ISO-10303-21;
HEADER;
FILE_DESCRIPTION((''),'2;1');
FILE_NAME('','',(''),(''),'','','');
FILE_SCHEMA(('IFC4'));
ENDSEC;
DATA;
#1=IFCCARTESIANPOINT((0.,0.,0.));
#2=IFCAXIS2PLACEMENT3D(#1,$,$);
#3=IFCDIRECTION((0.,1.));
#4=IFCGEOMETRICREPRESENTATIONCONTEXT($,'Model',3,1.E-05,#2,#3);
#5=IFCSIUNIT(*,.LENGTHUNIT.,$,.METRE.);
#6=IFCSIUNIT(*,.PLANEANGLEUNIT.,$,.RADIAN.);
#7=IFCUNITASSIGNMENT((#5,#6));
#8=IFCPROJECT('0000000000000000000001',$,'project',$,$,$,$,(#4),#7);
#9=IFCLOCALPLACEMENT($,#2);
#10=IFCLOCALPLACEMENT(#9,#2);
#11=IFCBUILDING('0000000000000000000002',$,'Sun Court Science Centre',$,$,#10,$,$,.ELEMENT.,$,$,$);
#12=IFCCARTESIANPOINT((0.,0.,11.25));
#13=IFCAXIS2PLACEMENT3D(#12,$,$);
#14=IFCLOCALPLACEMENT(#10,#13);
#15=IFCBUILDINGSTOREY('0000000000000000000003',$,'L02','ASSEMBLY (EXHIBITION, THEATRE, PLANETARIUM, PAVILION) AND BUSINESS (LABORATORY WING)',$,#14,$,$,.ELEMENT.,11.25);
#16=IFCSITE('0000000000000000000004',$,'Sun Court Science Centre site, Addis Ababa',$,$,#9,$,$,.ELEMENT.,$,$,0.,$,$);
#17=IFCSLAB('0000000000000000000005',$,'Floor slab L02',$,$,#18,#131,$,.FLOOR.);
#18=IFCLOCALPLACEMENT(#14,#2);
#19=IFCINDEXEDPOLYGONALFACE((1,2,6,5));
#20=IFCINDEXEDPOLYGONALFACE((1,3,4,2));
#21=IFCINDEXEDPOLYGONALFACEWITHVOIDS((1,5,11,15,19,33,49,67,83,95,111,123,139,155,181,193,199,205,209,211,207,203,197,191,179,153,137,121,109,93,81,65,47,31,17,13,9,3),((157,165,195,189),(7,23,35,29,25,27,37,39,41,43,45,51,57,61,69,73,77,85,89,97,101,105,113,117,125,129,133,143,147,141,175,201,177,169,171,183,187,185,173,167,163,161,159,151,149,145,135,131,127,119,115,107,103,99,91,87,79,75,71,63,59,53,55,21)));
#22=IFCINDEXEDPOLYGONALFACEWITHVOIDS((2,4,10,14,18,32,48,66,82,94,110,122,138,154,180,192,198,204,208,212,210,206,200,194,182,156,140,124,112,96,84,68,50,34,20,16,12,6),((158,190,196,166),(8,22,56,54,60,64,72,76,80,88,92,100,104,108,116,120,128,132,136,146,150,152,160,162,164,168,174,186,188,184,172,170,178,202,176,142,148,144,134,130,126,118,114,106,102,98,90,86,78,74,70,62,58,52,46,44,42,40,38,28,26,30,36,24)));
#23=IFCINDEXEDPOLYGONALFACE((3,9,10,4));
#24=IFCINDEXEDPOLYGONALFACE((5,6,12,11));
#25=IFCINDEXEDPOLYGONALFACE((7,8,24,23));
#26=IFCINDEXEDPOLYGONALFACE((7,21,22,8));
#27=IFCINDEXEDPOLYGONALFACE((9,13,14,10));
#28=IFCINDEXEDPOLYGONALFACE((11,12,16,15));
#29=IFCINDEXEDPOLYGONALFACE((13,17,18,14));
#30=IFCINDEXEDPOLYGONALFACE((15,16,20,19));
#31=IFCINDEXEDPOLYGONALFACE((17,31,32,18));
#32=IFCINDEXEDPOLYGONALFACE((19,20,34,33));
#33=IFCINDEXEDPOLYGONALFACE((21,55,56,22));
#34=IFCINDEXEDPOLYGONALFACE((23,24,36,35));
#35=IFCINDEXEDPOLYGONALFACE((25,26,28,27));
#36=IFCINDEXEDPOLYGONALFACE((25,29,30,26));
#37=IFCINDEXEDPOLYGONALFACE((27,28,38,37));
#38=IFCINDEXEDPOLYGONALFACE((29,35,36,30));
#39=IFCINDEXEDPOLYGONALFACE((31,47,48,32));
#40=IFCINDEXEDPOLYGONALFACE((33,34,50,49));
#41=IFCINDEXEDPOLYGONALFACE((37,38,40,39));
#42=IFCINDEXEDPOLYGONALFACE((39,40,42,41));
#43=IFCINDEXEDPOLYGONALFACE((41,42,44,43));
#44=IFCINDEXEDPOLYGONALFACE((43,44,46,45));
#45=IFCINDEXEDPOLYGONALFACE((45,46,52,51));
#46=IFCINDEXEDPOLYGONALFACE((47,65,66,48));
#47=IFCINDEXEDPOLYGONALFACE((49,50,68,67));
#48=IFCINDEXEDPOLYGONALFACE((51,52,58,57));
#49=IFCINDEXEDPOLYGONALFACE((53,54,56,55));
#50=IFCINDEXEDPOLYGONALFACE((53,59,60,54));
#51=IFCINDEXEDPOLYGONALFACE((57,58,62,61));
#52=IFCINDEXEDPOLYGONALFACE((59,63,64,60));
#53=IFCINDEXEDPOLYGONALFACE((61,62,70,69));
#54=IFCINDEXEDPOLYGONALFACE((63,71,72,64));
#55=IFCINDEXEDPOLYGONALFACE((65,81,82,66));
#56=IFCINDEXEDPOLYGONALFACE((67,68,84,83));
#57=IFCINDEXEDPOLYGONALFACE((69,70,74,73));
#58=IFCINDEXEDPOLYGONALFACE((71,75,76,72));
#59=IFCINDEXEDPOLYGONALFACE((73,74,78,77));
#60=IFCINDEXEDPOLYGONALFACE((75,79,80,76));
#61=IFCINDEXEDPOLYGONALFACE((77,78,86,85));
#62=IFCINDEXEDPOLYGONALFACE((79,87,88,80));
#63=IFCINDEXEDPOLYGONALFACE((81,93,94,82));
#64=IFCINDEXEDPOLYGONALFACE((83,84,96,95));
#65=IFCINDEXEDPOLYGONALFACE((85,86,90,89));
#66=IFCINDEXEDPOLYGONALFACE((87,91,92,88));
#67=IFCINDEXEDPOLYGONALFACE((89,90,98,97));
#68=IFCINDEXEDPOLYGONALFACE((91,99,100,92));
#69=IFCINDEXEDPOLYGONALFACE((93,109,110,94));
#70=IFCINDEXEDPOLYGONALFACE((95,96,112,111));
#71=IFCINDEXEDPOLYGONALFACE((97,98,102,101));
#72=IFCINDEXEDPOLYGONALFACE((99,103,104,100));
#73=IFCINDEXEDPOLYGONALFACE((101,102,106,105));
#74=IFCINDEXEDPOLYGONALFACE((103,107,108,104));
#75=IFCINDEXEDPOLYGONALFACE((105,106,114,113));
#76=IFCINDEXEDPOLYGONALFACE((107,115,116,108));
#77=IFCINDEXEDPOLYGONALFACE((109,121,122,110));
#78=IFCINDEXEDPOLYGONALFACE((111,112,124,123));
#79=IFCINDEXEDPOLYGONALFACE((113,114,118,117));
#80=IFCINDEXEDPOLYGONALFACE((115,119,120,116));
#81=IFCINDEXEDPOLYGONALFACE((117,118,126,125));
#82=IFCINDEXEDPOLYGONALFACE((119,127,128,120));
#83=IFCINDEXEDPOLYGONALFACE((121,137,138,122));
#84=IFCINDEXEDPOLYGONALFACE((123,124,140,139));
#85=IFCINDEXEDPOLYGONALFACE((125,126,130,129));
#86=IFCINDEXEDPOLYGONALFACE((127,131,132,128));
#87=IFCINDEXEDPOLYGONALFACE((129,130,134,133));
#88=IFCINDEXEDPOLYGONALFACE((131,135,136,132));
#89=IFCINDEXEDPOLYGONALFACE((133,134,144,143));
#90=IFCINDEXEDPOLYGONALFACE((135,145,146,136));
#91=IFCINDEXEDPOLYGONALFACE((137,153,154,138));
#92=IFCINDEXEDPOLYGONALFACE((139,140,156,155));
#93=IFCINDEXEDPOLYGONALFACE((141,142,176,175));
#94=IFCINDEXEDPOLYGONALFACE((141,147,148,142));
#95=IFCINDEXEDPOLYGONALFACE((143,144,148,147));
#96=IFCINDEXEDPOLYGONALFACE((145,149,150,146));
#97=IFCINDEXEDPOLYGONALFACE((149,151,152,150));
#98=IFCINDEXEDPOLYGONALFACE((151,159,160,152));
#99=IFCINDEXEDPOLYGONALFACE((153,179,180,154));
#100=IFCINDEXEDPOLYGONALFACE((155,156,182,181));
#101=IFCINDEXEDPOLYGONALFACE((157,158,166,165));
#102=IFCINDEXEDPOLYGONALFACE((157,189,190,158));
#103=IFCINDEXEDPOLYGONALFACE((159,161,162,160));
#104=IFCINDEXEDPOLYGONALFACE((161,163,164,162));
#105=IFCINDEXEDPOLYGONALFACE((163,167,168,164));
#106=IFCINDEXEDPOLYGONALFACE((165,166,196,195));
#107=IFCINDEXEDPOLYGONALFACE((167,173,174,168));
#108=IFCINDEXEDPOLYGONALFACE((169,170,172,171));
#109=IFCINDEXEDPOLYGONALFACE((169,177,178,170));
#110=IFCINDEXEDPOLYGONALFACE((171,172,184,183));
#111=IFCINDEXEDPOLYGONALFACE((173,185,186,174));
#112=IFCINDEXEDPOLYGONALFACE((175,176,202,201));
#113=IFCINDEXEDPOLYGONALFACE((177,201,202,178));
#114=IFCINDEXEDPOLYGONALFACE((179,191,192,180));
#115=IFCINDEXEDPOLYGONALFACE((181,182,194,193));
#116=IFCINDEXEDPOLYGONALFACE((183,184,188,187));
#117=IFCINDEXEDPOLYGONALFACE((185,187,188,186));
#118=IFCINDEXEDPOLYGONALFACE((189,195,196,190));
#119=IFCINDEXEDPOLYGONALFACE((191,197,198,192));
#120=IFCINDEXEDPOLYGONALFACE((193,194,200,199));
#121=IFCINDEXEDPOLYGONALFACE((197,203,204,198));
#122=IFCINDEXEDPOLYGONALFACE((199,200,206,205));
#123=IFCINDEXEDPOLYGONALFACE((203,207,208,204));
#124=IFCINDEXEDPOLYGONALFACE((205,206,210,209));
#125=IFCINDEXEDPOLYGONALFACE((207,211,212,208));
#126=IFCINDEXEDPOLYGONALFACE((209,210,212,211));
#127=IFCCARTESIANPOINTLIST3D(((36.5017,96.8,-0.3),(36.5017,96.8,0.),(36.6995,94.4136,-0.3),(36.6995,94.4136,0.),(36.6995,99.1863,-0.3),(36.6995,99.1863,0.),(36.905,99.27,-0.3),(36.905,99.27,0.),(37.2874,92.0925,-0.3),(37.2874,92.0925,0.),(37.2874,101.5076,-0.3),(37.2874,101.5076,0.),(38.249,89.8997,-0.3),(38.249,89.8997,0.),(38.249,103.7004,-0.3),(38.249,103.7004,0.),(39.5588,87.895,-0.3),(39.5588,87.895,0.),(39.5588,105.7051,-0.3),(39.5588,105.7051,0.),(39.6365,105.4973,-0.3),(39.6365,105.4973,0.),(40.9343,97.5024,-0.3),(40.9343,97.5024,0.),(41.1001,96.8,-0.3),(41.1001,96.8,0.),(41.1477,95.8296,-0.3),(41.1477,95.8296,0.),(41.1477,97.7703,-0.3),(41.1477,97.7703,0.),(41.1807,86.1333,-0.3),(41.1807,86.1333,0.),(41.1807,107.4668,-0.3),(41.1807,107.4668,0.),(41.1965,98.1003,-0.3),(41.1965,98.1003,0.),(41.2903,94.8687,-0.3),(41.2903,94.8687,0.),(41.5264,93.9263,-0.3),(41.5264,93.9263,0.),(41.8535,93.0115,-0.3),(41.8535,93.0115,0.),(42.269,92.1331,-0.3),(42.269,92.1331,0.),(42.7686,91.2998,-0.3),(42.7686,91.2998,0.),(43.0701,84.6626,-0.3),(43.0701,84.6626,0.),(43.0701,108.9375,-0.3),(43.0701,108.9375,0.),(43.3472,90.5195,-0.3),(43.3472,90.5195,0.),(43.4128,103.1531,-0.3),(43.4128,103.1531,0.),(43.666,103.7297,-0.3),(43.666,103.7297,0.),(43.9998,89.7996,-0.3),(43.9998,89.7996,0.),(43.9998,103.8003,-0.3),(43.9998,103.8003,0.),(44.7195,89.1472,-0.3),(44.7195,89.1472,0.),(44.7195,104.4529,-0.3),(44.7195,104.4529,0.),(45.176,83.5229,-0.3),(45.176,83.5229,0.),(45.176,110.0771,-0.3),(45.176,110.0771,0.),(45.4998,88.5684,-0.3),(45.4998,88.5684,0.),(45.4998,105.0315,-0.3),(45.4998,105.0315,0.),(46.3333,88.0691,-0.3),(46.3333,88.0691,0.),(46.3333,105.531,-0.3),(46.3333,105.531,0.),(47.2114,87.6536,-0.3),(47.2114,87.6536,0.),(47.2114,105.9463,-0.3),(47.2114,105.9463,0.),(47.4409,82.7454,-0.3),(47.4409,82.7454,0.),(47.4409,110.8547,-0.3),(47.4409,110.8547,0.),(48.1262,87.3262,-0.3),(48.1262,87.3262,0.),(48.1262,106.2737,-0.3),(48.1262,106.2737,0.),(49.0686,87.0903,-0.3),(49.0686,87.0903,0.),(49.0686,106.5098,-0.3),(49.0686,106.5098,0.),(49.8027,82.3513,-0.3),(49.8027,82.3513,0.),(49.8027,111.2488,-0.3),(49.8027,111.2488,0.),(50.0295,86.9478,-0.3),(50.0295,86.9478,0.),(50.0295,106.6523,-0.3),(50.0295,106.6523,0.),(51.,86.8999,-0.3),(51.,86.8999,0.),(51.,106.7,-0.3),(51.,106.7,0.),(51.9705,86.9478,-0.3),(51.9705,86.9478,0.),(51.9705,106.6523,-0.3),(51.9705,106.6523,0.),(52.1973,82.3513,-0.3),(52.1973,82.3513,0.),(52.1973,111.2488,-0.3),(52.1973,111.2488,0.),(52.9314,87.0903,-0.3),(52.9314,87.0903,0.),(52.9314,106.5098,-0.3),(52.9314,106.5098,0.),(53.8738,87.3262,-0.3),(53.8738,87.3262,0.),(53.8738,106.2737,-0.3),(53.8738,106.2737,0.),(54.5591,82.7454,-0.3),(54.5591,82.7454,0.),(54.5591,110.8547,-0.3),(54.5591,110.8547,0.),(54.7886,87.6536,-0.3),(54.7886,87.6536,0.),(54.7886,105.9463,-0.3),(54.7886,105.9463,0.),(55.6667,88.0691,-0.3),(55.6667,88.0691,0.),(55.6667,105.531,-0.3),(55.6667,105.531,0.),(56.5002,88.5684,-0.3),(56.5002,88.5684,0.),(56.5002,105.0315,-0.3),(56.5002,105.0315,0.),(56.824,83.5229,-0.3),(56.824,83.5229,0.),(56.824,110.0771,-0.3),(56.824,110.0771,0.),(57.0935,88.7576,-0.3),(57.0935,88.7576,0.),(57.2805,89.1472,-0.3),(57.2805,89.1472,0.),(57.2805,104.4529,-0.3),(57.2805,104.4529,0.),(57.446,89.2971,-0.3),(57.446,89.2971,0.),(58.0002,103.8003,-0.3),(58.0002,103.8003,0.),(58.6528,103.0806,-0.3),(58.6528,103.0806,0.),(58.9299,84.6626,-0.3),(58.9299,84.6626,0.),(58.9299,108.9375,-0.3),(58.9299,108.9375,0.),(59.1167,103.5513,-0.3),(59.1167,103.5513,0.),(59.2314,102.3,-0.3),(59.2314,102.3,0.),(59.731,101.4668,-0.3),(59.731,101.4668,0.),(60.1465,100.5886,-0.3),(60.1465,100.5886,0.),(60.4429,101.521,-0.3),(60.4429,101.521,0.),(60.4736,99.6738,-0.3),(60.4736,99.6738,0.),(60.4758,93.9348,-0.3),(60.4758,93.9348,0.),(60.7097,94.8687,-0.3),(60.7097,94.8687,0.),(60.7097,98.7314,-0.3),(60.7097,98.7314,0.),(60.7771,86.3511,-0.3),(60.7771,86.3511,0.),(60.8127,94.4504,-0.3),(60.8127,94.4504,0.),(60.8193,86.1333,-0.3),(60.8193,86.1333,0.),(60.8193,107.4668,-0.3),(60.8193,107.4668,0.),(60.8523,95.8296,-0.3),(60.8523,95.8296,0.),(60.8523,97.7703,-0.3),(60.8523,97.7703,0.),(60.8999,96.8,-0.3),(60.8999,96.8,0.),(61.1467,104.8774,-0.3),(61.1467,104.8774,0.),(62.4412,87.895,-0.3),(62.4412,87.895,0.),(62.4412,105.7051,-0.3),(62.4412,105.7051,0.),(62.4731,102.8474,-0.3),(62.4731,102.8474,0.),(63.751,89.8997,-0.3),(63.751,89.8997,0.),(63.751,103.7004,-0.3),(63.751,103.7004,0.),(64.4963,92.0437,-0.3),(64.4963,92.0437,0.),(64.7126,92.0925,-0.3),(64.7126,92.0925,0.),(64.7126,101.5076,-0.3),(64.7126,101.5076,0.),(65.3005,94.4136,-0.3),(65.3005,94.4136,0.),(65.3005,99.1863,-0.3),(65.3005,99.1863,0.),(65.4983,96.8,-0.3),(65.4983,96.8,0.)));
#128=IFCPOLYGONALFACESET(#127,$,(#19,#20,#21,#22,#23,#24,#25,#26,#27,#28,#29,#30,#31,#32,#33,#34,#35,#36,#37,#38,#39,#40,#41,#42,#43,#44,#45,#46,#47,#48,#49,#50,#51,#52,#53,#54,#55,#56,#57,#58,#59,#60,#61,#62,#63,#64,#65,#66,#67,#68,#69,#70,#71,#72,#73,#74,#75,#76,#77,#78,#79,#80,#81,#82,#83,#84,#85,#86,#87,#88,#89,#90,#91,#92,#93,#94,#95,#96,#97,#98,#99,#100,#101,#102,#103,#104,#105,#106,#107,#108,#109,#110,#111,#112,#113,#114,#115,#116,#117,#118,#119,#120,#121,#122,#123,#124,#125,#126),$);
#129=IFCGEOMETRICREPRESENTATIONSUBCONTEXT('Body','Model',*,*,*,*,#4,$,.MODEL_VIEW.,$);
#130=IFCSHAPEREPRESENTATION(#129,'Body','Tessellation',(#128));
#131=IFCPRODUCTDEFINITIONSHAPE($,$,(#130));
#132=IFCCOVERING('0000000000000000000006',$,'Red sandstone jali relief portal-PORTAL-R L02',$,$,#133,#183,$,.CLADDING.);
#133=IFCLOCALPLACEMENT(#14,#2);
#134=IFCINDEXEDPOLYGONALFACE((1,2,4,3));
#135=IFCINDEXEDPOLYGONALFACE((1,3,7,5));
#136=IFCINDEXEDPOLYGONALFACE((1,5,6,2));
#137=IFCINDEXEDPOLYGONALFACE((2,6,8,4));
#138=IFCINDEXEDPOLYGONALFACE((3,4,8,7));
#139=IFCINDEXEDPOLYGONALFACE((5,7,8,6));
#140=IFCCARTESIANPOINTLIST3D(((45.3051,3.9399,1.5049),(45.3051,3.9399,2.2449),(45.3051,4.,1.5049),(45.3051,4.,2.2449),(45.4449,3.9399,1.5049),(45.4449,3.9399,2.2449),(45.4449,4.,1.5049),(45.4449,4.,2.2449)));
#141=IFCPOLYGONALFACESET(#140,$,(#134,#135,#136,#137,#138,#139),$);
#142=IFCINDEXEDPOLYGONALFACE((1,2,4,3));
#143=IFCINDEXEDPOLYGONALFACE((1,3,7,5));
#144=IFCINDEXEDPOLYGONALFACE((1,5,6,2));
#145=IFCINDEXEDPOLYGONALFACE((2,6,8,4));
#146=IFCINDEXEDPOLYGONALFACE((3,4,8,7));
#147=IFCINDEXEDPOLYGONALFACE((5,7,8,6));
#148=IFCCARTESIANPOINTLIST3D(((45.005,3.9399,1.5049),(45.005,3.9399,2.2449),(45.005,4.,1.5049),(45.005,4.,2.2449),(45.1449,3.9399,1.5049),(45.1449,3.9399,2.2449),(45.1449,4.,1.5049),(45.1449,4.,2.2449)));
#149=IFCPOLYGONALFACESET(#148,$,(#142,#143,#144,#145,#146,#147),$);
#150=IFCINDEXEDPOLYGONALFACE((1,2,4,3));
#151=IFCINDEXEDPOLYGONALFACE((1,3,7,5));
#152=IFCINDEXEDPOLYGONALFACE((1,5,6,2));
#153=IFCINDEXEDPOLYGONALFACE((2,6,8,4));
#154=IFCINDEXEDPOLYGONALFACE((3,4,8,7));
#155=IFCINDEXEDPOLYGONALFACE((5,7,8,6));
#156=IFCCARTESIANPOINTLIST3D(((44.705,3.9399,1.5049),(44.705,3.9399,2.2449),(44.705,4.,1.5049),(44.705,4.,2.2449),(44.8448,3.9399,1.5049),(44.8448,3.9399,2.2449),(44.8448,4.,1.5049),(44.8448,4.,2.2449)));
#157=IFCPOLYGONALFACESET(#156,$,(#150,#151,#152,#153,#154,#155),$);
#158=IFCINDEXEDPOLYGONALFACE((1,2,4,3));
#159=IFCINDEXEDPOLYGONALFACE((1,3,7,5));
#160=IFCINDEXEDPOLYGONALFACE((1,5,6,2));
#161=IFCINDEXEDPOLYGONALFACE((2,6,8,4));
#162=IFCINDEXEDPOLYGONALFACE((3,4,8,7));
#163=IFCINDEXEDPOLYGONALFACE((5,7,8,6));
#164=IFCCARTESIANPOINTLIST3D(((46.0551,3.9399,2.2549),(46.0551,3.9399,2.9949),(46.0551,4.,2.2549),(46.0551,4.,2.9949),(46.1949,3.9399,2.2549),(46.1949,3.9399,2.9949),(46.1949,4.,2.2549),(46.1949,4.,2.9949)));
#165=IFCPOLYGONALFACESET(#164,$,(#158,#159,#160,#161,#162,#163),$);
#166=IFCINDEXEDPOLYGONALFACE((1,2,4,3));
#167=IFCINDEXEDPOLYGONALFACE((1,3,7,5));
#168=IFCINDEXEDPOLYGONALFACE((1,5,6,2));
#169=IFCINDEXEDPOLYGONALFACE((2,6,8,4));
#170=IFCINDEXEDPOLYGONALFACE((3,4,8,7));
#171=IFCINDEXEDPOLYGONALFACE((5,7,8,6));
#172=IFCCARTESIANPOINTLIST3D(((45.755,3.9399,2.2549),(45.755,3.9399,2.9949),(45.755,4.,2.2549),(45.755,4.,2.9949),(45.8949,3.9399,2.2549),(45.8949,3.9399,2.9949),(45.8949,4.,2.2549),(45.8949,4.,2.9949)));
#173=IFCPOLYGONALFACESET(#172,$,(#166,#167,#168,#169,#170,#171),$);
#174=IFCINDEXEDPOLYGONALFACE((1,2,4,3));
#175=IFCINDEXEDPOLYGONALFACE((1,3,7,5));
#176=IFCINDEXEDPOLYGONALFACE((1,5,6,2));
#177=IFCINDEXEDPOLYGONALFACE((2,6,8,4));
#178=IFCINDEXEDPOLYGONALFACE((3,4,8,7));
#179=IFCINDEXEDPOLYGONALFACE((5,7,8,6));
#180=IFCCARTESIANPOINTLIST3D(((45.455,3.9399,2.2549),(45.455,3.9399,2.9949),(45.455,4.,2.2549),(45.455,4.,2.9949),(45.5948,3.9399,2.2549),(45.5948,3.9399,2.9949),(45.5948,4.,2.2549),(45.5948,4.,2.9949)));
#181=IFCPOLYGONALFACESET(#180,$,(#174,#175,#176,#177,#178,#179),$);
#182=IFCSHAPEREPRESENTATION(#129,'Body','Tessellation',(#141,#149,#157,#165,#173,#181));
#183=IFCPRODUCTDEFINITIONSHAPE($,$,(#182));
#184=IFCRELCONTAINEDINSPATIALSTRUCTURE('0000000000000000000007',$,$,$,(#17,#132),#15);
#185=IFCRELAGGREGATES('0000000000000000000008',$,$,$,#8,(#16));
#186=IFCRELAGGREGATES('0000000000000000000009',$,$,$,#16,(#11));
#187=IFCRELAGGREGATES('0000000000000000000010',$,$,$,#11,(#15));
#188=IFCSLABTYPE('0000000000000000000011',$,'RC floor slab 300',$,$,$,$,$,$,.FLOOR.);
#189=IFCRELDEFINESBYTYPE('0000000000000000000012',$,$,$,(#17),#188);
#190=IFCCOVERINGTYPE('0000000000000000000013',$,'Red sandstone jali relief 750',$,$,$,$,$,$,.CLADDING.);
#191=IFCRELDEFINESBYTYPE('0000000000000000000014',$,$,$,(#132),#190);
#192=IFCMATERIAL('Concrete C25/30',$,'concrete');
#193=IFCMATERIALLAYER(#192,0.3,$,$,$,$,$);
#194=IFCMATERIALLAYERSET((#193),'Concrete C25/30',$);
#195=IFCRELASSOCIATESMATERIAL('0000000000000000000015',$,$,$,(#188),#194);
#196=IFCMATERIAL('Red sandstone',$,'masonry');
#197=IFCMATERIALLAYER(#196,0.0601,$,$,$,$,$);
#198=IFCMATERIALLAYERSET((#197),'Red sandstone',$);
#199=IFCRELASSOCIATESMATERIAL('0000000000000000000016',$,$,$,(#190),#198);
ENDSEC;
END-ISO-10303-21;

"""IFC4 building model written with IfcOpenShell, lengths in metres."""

from ifc_helpers import new_model, si_unit, direction, frame, origin, origin_2d, place, context, subcontext, project, spatial, polyline, rectangle, outline, extrude, material, layer, layer_set, type_object, element, save


model = new_model("IFC4")

# Units and contexts
model_context = context("Model", 3, precision=1e-05, world=origin(), true_north=direction((0.0, 1.0)))
body_context = subcontext(model_context, "Body", "Model", "MODEL_VIEW")
ifc_project = project(units=[si_unit("LENGTHUNIT", "METRE"), si_unit("PLANEANGLEUNIT", "RADIAN")], contexts=[model_context])

# Site, building, storey
site_placement = place(None, origin())
site = spatial("IfcSite", under=ifc_project, at=site_placement, Name="Sun Court Science Centre site, Addis Ababa", CompositionType="ELEMENT", RefElevation=0.0)
building_placement = place(site_placement, origin())
building = spatial("IfcBuilding", under=site, at=building_placement, Name="Sun Court Science Centre", CompositionType="ELEMENT")
storey_placement = place(building_placement, frame((0.0, 0.0, 11.25)))
storey = spatial("IfcBuildingStorey", under=building, at=storey_placement, Name="L02", Description="ASSEMBLY (EXHIBITION, THEATRE, PLANETARIUM, PAVILION) AND BUSINESS (LABORATORY WING)", CompositionType="ELEMENT", Elevation=11.25)

# Slab
ifc_material_1 = material(Name="Concrete C25/30", Category="concrete")
ifc_layer_1 = layer(ifc_material_1, 0.3)
ifc_layer_set_1 = layer_set([ifc_layer_1], Name="Concrete C25/30")
slab_type = type_object("IfcSlabType", Name="RC floor slab 300", PredefinedType="FLOOR", material=ifc_layer_set_1)
slab_1_placement = place(storey_placement, frame((0.0, 0.0, -0.3)))
element("IfcSlab", 1, at=slab_1_placement, inside=storey, type_object=slab_type, Name="Floor slab L02", PredefinedType="FLOOR", context=body_context, shape_type="SweptSolid", body=[
    extrude(outline(polyline([(65.3005, 94.4136), (65.4983, 96.8), (65.3005, 99.1863), (64.7126, 101.5076), (63.751, 103.7004), (62.4412, 105.7051), (60.8193, 107.4668), (58.9299, 108.9375), (56.824, 110.0771), (54.5591, 110.8547), (52.1973, 111.2488), (49.8027, 111.2488), (47.4409, 110.8547), (45.176, 110.0771), (43.0701, 108.9375), (41.1807, 107.4668), (39.5588, 105.7051), (38.249, 103.7004), (37.2874, 101.5076), (36.6995, 99.1863), (36.5017, 96.8), (36.6995, 94.4136), (37.2874, 92.0925), (38.249, 89.8997), (39.5588, 87.895), (41.1807, 86.1333), (43.0701, 84.6626), (45.176, 83.5229), (47.4409, 82.7454), (49.8027, 82.3513), (52.1973, 82.3513), (54.5591, 82.7454), (56.824, 83.5229), (58.9299, 84.6626), (60.8193, 86.1333), (62.4412, 87.895), (63.751, 89.8997), (64.7126, 92.0925), (65.3005, 94.4136)]), holes=[polyline([(60.7097, 98.7314), (60.8523, 97.7703), (60.8999, 96.8), (60.8523, 95.8296), (60.7097, 94.8687), (60.4758, 93.9348), (60.8127, 94.4504), (64.4963, 92.0437), (60.7771, 86.3511), (57.0935, 88.7576), (57.446, 89.2971), (57.2805, 89.1472), (56.5002, 88.5684), (55.6667, 88.0691), (54.7886, 87.6536), (53.8738, 87.3262), (52.9314, 87.0903), (51.9705, 86.9478), (51.0, 86.8999), (50.0295, 86.9478), (49.0686, 87.0903), (48.1262, 87.3262), (47.2114, 87.6536), (46.3333, 88.0691), (45.4998, 88.5684), (44.7195, 89.1472), (43.9998, 89.7996), (43.3472, 90.5195), (42.7686, 91.2998), (42.269, 92.1331), (41.8535, 93.0115), (41.5264, 93.9263), (41.2903, 94.8687), (41.1477, 95.8296), (41.1001, 96.8), (41.1477, 97.7703), (41.1965, 98.1003), (40.9343, 97.5024), (36.905, 99.27), (39.6365, 105.4973), (43.666, 103.7297), (43.4128, 103.1531), (43.9998, 103.8003), (44.7195, 104.4529), (45.4998, 105.0315), (46.3333, 105.531), (47.2114, 105.9463), (48.1262, 106.2737), (49.0686, 106.5098), (50.0295, 106.6523), (51.0, 106.7), (51.9705, 106.6523), (52.9314, 106.5098), (53.8738, 106.2737), (54.7886, 105.9463), (55.6667, 105.531), (56.5002, 105.0315), (57.2805, 104.4529), (58.0002, 103.8003), (58.6528, 103.0806), (59.2314, 102.3), (59.731, 101.4668), (60.1465, 100.5886), (60.4736, 99.6738), (60.7097, 98.7314)]), polyline([(59.1167, 103.5513), (61.1467, 104.8774), (62.4731, 102.8474), (60.4429, 101.521), (59.1167, 103.5513)])]), origin(), (0.0, 0.0, 1.0), 0.3),
])

# Covering
ifc_material_2 = material(Name="Red sandstone", Category="masonry")
ifc_layer_2 = layer(ifc_material_2, 0.0601)
ifc_layer_set_2 = layer_set([ifc_layer_2], Name="Red sandstone")
covering_type_1 = type_object("IfcCoveringType", Name="Red sandstone jali relief 750", PredefinedType="CLADDING", material=ifc_layer_set_2)
covering_1_placement = place(storey_placement, frame((0.0, 0.0, -11.25)))
element("IfcCovering", 2, at=covering_1_placement, inside=storey, type_object=covering_type_1, Name="Red sandstone jali relief portal-PORTAL-R L02", PredefinedType="CLADDING", context=body_context, shape_type="SweptSolid", body=[
    extrude(rectangle(XDim=0.1399, YDim=0.0601, at=origin_2d()), frame((45.375, 3.97, 12.7549), z_axis=(0.0, 0.0, 1.0), x_axis=(-1.0, 0.0, 0.0)), (0.0, 0.0, 1.0), 0.74),
    extrude(rectangle(XDim=0.1399, YDim=0.0601, at=origin_2d()), frame((45.075, 3.97, 12.7549), z_axis=(0.0, 0.0, 1.0), x_axis=(-1.0, 0.0, 0.0)), (0.0, 0.0, 1.0), 0.74),
    extrude(rectangle(XDim=0.1399, YDim=0.0601, at=origin_2d()), frame((44.7749, 3.97, 12.7549), z_axis=(0.0, 0.0, 1.0), x_axis=(-1.0, 0.0, 0.0)), (0.0, 0.0, 1.0), 0.74),
    extrude(rectangle(XDim=0.1399, YDim=0.0601, at=origin_2d()), frame((46.125, 3.97, 13.5049), z_axis=(0.0, 0.0, 1.0), x_axis=(-1.0, 0.0, 0.0)), (0.0, 0.0, 1.0), 0.74),
    extrude(rectangle(XDim=0.1399, YDim=0.0601, at=origin_2d()), frame((45.825, 3.97, 13.5049), z_axis=(0.0, 0.0, 1.0), x_axis=(-1.0, 0.0, 0.0)), (0.0, 0.0, 1.0), 0.74),
    extrude(rectangle(XDim=0.1399, YDim=0.0601, at=origin_2d()), frame((45.5249, 3.97, 13.5049), z_axis=(0.0, 0.0, 1.0), x_axis=(-1.0, 0.0, 0.0)), (0.0, 0.0, 1.0), 0.74),
])

save(model, "model.ifc")
